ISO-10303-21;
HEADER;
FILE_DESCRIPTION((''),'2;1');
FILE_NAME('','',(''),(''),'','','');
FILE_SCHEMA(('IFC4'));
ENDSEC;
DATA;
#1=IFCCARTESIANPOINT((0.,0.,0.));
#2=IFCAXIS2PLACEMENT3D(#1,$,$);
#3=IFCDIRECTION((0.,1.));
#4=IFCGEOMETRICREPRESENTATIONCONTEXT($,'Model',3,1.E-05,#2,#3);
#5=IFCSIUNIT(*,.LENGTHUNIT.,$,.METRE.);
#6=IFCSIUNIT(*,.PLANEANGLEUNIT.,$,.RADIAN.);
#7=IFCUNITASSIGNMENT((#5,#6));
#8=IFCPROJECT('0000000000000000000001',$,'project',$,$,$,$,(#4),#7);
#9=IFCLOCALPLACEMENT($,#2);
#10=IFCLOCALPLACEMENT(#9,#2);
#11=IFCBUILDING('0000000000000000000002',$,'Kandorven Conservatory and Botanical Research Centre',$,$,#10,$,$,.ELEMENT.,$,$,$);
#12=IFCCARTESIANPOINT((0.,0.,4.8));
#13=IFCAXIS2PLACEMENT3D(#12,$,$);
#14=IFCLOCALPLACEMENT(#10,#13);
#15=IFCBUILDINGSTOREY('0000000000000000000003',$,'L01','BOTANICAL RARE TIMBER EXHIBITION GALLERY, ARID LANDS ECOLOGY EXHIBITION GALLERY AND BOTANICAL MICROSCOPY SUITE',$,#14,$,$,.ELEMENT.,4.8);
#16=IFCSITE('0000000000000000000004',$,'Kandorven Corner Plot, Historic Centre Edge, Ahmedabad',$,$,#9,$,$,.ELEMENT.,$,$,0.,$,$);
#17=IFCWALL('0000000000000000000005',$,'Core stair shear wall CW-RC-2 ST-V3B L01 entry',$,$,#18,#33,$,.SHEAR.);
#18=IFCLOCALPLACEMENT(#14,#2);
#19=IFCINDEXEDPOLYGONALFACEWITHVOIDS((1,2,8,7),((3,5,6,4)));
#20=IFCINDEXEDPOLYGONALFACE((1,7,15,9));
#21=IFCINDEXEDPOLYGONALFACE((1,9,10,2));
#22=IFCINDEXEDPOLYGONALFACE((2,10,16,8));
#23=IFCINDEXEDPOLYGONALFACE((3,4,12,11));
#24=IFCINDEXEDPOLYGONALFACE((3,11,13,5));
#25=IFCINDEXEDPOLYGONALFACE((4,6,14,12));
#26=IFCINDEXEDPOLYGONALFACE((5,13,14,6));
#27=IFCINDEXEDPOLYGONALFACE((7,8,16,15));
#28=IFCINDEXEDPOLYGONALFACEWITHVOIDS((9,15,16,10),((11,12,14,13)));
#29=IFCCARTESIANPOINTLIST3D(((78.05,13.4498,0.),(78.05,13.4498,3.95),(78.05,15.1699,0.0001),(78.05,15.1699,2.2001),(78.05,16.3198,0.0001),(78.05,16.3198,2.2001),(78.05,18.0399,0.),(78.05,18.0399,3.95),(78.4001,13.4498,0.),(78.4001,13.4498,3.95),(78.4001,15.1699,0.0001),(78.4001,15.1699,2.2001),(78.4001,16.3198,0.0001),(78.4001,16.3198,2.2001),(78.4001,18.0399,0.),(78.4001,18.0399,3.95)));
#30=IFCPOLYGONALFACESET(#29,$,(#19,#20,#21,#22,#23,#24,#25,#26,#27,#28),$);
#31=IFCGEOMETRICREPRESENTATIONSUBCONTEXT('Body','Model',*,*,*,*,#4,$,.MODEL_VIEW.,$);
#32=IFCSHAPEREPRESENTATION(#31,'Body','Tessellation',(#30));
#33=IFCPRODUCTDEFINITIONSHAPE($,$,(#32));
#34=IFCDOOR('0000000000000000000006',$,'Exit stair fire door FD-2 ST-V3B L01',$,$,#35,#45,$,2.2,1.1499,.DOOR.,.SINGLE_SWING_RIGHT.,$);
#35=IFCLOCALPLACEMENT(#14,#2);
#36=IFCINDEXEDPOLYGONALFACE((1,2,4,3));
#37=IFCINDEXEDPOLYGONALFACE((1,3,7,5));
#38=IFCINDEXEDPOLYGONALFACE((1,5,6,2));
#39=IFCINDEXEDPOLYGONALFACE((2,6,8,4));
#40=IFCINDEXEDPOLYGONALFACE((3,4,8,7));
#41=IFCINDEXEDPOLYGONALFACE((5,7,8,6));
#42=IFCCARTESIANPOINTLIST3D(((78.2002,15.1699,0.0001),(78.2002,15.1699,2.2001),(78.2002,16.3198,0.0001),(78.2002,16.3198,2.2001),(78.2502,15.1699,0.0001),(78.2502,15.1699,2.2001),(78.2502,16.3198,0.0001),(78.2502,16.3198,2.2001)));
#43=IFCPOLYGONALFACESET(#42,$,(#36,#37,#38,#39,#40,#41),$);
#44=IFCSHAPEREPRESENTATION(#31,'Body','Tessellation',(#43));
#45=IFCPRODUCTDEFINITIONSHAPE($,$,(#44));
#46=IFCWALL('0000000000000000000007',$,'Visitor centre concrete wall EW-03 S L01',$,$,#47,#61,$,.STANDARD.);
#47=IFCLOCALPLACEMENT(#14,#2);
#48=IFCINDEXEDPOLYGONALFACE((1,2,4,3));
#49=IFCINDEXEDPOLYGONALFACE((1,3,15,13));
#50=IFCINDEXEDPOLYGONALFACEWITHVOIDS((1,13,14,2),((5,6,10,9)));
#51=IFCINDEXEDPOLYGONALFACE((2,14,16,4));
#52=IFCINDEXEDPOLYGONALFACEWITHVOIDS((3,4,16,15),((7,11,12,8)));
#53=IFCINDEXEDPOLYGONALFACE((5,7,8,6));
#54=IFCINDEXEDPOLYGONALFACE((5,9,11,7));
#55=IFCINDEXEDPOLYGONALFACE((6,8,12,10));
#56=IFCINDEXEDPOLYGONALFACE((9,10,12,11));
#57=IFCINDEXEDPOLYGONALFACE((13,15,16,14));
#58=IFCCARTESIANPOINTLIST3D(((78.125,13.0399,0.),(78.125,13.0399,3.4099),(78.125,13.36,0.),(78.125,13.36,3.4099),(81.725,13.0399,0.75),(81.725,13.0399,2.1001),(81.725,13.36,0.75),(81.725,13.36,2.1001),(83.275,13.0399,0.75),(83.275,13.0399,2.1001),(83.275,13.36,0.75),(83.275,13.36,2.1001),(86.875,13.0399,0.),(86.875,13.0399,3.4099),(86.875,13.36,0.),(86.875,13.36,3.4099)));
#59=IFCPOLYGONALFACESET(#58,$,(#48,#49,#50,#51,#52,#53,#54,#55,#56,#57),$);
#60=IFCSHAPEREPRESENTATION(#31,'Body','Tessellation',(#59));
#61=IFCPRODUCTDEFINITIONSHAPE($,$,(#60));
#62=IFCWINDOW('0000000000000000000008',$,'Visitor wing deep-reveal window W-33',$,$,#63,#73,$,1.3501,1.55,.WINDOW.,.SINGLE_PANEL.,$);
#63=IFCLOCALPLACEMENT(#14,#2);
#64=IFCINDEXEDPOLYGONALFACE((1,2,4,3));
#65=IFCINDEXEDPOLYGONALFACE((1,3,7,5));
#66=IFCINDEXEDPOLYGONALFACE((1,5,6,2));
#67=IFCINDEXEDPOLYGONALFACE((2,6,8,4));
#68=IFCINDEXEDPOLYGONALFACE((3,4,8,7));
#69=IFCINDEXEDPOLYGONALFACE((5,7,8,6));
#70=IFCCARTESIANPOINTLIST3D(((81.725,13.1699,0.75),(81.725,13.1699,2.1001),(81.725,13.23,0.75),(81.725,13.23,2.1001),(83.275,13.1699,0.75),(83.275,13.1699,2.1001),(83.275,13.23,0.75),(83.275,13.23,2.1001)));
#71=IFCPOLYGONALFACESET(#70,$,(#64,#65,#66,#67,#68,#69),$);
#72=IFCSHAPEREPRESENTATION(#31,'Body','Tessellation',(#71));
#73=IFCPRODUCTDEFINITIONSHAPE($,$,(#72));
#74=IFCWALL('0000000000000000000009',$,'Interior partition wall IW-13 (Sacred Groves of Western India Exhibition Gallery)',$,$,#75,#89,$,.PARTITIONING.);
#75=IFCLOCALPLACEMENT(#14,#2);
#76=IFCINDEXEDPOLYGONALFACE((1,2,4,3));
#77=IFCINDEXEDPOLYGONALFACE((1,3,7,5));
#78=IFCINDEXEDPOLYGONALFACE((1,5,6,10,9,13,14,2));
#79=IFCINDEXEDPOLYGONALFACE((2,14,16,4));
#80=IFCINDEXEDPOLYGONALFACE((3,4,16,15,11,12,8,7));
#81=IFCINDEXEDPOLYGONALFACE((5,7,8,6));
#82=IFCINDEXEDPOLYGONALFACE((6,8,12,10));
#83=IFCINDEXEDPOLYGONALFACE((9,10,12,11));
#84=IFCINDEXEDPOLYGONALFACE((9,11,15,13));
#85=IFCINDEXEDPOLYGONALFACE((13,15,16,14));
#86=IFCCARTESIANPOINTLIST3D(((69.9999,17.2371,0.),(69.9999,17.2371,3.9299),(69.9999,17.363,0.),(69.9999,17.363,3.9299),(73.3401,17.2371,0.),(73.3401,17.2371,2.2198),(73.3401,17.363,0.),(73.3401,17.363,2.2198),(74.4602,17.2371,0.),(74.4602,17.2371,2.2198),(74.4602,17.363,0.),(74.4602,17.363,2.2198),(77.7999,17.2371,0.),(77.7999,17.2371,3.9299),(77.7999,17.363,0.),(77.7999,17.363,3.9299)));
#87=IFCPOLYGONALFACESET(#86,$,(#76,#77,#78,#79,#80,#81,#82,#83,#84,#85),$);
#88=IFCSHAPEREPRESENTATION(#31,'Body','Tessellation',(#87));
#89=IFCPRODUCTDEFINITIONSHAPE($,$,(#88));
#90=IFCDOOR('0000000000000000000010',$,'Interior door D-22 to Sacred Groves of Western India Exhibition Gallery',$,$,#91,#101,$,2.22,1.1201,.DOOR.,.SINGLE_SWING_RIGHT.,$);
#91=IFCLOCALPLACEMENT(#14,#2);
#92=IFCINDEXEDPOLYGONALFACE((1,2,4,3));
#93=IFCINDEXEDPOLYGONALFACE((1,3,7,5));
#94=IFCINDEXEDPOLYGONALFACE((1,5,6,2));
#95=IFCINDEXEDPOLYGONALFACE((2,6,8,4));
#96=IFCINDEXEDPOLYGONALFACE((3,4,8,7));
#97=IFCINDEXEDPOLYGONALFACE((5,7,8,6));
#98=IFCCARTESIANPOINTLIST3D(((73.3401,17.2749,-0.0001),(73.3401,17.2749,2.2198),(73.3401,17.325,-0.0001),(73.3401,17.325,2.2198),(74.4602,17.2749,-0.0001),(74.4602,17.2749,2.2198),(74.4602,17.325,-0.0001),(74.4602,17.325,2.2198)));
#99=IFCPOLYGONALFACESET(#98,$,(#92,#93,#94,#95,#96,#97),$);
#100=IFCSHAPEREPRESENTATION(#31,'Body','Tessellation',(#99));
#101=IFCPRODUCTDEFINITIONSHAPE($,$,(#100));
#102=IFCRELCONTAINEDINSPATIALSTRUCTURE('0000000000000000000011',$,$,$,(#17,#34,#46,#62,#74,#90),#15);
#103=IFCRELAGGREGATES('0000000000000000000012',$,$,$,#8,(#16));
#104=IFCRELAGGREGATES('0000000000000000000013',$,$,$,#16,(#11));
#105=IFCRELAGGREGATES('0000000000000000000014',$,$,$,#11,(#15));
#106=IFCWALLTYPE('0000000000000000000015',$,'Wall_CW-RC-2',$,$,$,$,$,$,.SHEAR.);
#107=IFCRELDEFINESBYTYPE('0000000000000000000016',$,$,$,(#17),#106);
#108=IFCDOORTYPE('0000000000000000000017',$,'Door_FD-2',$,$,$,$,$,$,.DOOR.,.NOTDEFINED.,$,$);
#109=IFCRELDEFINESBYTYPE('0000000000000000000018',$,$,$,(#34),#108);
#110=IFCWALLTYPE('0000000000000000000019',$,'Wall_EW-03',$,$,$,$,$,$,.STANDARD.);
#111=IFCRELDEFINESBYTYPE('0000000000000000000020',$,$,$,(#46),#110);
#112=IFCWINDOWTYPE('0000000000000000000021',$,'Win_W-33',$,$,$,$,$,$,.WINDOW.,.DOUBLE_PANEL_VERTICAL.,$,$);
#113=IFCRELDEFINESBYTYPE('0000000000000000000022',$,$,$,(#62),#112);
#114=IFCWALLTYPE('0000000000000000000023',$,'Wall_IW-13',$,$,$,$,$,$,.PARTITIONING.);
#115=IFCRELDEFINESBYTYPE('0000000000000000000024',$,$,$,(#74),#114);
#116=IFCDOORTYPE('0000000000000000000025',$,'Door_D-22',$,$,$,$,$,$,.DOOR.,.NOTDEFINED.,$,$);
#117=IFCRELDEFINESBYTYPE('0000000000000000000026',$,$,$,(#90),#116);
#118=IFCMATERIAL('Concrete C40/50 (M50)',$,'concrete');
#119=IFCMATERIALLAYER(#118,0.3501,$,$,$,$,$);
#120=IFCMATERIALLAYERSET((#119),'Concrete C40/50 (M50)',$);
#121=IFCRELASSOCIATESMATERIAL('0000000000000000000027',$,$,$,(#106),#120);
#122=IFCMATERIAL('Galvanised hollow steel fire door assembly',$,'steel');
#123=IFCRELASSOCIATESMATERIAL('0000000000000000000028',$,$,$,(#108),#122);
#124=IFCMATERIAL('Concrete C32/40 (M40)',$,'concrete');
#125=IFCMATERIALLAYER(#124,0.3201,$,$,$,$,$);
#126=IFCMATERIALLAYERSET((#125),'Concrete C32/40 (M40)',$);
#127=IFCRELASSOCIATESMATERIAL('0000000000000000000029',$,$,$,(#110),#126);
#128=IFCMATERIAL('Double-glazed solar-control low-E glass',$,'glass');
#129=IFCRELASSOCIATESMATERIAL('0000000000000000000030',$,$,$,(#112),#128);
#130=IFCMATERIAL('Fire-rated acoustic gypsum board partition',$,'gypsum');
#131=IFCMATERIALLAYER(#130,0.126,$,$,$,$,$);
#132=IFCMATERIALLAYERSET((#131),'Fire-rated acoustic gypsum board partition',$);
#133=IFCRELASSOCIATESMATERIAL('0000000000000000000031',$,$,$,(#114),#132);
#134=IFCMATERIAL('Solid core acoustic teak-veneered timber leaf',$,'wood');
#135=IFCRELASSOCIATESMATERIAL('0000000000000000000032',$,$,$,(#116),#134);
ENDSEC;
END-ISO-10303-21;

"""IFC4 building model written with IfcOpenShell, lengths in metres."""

from ifc_helpers import new_model, si_unit, direction, frame, frame_2d, origin, place, context, subcontext, project, spatial, rectangle, extrude, material, layer, layer_set, type_object, element, fill, save


model = new_model("IFC4")

# Units and contexts
model_context = context("Model", 3, precision=1e-05, world=origin(), true_north=direction((0.0, 1.0)))
body_context = subcontext(model_context, "Body", "Model", "MODEL_VIEW")
ifc_project = project(units=[si_unit("LENGTHUNIT", "METRE"), si_unit("PLANEANGLEUNIT", "RADIAN")], contexts=[model_context])

# Site, building, storey
site_placement = place(None, origin())
site = spatial("IfcSite", under=ifc_project, at=site_placement, Name="Kandorven Corner Plot, Historic Centre Edge, Ahmedabad", CompositionType="ELEMENT", RefElevation=0.0)
building_placement = place(site_placement, origin())
building = spatial("IfcBuilding", under=site, at=building_placement, Name="Kandorven Conservatory and Botanical Research Centre", CompositionType="ELEMENT")
storey_placement = place(building_placement, frame((0.0, 0.0, 4.8)))
storey = spatial("IfcBuildingStorey", under=building, at=storey_placement, Name="L01", Description="BOTANICAL RARE TIMBER EXHIBITION GALLERY, ARID LANDS ECOLOGY EXHIBITION GALLERY AND BOTANICAL MICROSCOPY SUITE", CompositionType="ELEMENT", Elevation=4.8)

# Wall, opening, door
ifc_material_1 = material(Name="Concrete C40/50 (M50)", Category="concrete")
ifc_layer_1 = layer(ifc_material_1, 0.3501)
ifc_layer_set_1 = layer_set([ifc_layer_1], Name="Concrete C40/50 (M50)")
wall_type_1 = type_object("IfcWallType", Name="Wall_CW-RC-2", PredefinedType="SHEAR", material=ifc_layer_set_1)
wall_1_placement = place(storey_placement, frame((78.2251, 13.45, 0.0), z_axis=(0.0, 0.0, 1.0), x_axis=(0.0, 1.0, 0.0)))
wall_1 = element("IfcWall", 1, at=wall_1_placement, inside=storey, type_object=wall_type_1, Name="Core stair shear wall CW-RC-2 ST-V3B L01 entry", PredefinedType="SHEAR", context=body_context, shape_type="SweptSolid", body=[
    extrude(rectangle(XDim=4.5901, YDim=0.3501, at=frame_2d((2.2949, 0.0))), origin(), (0.0, 0.0, 1.0), 3.95),
])
opening_1_placement = place(wall_1_placement, frame((1.72, 0.0, 0.0)))
opening_1 = element("IfcOpeningElement", 2, at=opening_1_placement, cuts=wall_1, PredefinedType="OPENING", context=body_context, shape_type="SweptSolid", body=[
    extrude(rectangle(XDim=1.1499, YDim=2.2, at=frame_2d((0.575, 1.1001))), frame((0.0, 0.1851, 0.0), z_axis=(0.0, -1.0, 0.0), x_axis=(1.0, 0.0, 0.0)), (0.0, 0.0, 1.0), 0.3701),
])
ifc_material_2 = material(Name="Galvanised hollow steel fire door assembly", Category="steel")
door_type_1 = type_object("IfcDoorType", Name="Door_FD-2", OperationType="NOTDEFINED", PredefinedType="DOOR", material=ifc_material_2)
door_1_placement = place(opening_1_placement, origin())
door_1 = element("IfcDoor", 3, at=door_1_placement, inside=storey, type_object=door_type_1, Name="Exit stair fire door FD-2 ST-V3B L01", OperationType="SINGLE_SWING_RIGHT", OverallHeight=2.2, OverallWidth=1.1499, PredefinedType="DOOR", context=body_context, shape_type="SweptSolid", body=[
    extrude(rectangle(XDim=1.1499, YDim=2.2, at=frame_2d((0.575, 1.1001))), frame((0.0, 0.0249, 0.0), z_axis=(0.0, -1.0, 0.0), x_axis=(1.0, 0.0, 0.0)), (0.0, 0.0, 1.0), 0.05),
])
fill(opening_1, door_1)

# Wall, opening, window
ifc_material_3 = material(Name="Concrete C32/40 (M40)", Category="concrete")
ifc_layer_2 = layer(ifc_material_3, 0.3201)
ifc_layer_set_2 = layer_set([ifc_layer_2], Name="Concrete C32/40 (M40)")
wall_type_2 = type_object("IfcWallType", Name="Wall_EW-03", PredefinedType="STANDARD", material=ifc_layer_set_2)
wall_2_placement = place(storey_placement, frame((78.125, 13.2, 0.0), z_axis=(0.0, 0.0, 1.0), x_axis=(1.0, 0.0, 0.0)))
wall_2 = element("IfcWall", 4, at=wall_2_placement, inside=storey, type_object=wall_type_2, Name="Visitor centre concrete wall EW-03 S L01", PredefinedType="STANDARD", context=body_context, shape_type="SweptSolid", body=[
    extrude(rectangle(XDim=8.75, YDim=0.3201, at=frame_2d((4.375, 0.0))), origin(), (0.0, 0.0, 1.0), 3.4099),
])
opening_2_placement = place(wall_2_placement, frame((3.6001, 0.0, 0.75)))
opening_2 = element("IfcOpeningElement", 5, at=opening_2_placement, cuts=wall_2, PredefinedType="OPENING", context=body_context, shape_type="SweptSolid", body=[
    extrude(rectangle(XDim=1.55, YDim=1.3501, at=frame_2d((0.7749, 0.675))), frame((0.0, 0.1699, 0.0), z_axis=(0.0, -1.0, 0.0), x_axis=(1.0, 0.0, 0.0)), (0.0, 0.0, 1.0), 0.3401),
])
ifc_material_4 = material(Name="Double-glazed solar-control low-E glass", Category="glass")
window_type = type_object("IfcWindowType", Name="Win_W-33", PartitioningType="DOUBLE_PANEL_VERTICAL", PredefinedType="WINDOW", material=ifc_material_4)
window_placement = place(opening_2_placement, origin())
window = element("IfcWindow", 6, at=window_placement, inside=storey, type_object=window_type, Name="Visitor wing deep-reveal window W-33", OverallHeight=1.3501, OverallWidth=1.55, PartitioningType="SINGLE_PANEL", PredefinedType="WINDOW", context=body_context, shape_type="SweptSolid", body=[
    extrude(rectangle(XDim=1.55, YDim=1.3501, at=frame_2d((0.7749, 0.675))), frame((0.0, 0.03, 0.0), z_axis=(0.0, -1.0, 0.0), x_axis=(1.0, 0.0, 0.0)), (0.0, 0.0, 1.0), 0.0601),
])
fill(opening_2, window)

# Wall, opening, door
ifc_material_5 = material(Name="Fire-rated acoustic gypsum board partition", Category="gypsum")
ifc_layer_3 = layer(ifc_material_5, 0.126)
ifc_layer_set_3 = layer_set([ifc_layer_3], Name="Fire-rated acoustic gypsum board partition")
wall_type_3 = type_object("IfcWallType", Name="Wall_IW-13", PredefinedType="PARTITIONING", material=ifc_layer_set_3)
wall_3_placement = place(storey_placement, frame((70.0, 17.3, 0.0), z_axis=(0.0, 0.0, 1.0), x_axis=(1.0, 0.0, 0.0)))
wall_3 = element("IfcWall", 7, at=wall_3_placement, inside=storey, type_object=wall_type_3, Name="Interior partition wall IW-13 (Sacred Groves of Western India Exhibition Gallery)", PredefinedType="PARTITIONING", context=body_context, shape_type="SweptSolid", body=[
    extrude(rectangle(XDim=7.8, YDim=0.126, at=frame_2d((3.8999, 0.0))), origin(), (0.0, 0.0, 1.0), 3.9299),
])
opening_3_placement = place(wall_3_placement, frame((3.3401, 0.0, 0.0)))
opening_3 = element("IfcOpeningElement", 8, at=opening_3_placement, cuts=wall_3, PredefinedType="OPENING", context=body_context, shape_type="SweptSolid", body=[
    extrude(rectangle(XDim=1.1201, YDim=2.22, at=frame_2d((0.5601, 1.1099))), frame((0.0, 0.073, 0.0), z_axis=(0.0, -1.0, 0.0), x_axis=(1.0, 0.0, 0.0)), (0.0, 0.0, 1.0), 0.146),
])
ifc_material_6 = material(Name="Solid core acoustic teak-veneered timber leaf", Category="wood")
door_type_2 = type_object("IfcDoorType", Name="Door_D-22", OperationType="NOTDEFINED", PredefinedType="DOOR", material=ifc_material_6)
door_2_placement = place(opening_3_placement, origin())
door_2 = element("IfcDoor", 9, at=door_2_placement, inside=storey, type_object=door_type_2, Name="Interior door D-22 to Sacred Groves of Western India Exhibition Gallery", OperationType="SINGLE_SWING_RIGHT", OverallHeight=2.22, OverallWidth=1.1201, PredefinedType="DOOR", context=body_context, shape_type="SweptSolid", body=[
    extrude(rectangle(XDim=1.1201, YDim=2.22, at=frame_2d((0.5601, 1.1099))), frame((0.0, 0.0249, 0.0), z_axis=(0.0, -1.0, 0.0), x_axis=(1.0, 0.0, 0.0)), (0.0, 0.0, 1.0), 0.05),
])
fill(opening_3, door_2)

save(model, "model.ifc")
